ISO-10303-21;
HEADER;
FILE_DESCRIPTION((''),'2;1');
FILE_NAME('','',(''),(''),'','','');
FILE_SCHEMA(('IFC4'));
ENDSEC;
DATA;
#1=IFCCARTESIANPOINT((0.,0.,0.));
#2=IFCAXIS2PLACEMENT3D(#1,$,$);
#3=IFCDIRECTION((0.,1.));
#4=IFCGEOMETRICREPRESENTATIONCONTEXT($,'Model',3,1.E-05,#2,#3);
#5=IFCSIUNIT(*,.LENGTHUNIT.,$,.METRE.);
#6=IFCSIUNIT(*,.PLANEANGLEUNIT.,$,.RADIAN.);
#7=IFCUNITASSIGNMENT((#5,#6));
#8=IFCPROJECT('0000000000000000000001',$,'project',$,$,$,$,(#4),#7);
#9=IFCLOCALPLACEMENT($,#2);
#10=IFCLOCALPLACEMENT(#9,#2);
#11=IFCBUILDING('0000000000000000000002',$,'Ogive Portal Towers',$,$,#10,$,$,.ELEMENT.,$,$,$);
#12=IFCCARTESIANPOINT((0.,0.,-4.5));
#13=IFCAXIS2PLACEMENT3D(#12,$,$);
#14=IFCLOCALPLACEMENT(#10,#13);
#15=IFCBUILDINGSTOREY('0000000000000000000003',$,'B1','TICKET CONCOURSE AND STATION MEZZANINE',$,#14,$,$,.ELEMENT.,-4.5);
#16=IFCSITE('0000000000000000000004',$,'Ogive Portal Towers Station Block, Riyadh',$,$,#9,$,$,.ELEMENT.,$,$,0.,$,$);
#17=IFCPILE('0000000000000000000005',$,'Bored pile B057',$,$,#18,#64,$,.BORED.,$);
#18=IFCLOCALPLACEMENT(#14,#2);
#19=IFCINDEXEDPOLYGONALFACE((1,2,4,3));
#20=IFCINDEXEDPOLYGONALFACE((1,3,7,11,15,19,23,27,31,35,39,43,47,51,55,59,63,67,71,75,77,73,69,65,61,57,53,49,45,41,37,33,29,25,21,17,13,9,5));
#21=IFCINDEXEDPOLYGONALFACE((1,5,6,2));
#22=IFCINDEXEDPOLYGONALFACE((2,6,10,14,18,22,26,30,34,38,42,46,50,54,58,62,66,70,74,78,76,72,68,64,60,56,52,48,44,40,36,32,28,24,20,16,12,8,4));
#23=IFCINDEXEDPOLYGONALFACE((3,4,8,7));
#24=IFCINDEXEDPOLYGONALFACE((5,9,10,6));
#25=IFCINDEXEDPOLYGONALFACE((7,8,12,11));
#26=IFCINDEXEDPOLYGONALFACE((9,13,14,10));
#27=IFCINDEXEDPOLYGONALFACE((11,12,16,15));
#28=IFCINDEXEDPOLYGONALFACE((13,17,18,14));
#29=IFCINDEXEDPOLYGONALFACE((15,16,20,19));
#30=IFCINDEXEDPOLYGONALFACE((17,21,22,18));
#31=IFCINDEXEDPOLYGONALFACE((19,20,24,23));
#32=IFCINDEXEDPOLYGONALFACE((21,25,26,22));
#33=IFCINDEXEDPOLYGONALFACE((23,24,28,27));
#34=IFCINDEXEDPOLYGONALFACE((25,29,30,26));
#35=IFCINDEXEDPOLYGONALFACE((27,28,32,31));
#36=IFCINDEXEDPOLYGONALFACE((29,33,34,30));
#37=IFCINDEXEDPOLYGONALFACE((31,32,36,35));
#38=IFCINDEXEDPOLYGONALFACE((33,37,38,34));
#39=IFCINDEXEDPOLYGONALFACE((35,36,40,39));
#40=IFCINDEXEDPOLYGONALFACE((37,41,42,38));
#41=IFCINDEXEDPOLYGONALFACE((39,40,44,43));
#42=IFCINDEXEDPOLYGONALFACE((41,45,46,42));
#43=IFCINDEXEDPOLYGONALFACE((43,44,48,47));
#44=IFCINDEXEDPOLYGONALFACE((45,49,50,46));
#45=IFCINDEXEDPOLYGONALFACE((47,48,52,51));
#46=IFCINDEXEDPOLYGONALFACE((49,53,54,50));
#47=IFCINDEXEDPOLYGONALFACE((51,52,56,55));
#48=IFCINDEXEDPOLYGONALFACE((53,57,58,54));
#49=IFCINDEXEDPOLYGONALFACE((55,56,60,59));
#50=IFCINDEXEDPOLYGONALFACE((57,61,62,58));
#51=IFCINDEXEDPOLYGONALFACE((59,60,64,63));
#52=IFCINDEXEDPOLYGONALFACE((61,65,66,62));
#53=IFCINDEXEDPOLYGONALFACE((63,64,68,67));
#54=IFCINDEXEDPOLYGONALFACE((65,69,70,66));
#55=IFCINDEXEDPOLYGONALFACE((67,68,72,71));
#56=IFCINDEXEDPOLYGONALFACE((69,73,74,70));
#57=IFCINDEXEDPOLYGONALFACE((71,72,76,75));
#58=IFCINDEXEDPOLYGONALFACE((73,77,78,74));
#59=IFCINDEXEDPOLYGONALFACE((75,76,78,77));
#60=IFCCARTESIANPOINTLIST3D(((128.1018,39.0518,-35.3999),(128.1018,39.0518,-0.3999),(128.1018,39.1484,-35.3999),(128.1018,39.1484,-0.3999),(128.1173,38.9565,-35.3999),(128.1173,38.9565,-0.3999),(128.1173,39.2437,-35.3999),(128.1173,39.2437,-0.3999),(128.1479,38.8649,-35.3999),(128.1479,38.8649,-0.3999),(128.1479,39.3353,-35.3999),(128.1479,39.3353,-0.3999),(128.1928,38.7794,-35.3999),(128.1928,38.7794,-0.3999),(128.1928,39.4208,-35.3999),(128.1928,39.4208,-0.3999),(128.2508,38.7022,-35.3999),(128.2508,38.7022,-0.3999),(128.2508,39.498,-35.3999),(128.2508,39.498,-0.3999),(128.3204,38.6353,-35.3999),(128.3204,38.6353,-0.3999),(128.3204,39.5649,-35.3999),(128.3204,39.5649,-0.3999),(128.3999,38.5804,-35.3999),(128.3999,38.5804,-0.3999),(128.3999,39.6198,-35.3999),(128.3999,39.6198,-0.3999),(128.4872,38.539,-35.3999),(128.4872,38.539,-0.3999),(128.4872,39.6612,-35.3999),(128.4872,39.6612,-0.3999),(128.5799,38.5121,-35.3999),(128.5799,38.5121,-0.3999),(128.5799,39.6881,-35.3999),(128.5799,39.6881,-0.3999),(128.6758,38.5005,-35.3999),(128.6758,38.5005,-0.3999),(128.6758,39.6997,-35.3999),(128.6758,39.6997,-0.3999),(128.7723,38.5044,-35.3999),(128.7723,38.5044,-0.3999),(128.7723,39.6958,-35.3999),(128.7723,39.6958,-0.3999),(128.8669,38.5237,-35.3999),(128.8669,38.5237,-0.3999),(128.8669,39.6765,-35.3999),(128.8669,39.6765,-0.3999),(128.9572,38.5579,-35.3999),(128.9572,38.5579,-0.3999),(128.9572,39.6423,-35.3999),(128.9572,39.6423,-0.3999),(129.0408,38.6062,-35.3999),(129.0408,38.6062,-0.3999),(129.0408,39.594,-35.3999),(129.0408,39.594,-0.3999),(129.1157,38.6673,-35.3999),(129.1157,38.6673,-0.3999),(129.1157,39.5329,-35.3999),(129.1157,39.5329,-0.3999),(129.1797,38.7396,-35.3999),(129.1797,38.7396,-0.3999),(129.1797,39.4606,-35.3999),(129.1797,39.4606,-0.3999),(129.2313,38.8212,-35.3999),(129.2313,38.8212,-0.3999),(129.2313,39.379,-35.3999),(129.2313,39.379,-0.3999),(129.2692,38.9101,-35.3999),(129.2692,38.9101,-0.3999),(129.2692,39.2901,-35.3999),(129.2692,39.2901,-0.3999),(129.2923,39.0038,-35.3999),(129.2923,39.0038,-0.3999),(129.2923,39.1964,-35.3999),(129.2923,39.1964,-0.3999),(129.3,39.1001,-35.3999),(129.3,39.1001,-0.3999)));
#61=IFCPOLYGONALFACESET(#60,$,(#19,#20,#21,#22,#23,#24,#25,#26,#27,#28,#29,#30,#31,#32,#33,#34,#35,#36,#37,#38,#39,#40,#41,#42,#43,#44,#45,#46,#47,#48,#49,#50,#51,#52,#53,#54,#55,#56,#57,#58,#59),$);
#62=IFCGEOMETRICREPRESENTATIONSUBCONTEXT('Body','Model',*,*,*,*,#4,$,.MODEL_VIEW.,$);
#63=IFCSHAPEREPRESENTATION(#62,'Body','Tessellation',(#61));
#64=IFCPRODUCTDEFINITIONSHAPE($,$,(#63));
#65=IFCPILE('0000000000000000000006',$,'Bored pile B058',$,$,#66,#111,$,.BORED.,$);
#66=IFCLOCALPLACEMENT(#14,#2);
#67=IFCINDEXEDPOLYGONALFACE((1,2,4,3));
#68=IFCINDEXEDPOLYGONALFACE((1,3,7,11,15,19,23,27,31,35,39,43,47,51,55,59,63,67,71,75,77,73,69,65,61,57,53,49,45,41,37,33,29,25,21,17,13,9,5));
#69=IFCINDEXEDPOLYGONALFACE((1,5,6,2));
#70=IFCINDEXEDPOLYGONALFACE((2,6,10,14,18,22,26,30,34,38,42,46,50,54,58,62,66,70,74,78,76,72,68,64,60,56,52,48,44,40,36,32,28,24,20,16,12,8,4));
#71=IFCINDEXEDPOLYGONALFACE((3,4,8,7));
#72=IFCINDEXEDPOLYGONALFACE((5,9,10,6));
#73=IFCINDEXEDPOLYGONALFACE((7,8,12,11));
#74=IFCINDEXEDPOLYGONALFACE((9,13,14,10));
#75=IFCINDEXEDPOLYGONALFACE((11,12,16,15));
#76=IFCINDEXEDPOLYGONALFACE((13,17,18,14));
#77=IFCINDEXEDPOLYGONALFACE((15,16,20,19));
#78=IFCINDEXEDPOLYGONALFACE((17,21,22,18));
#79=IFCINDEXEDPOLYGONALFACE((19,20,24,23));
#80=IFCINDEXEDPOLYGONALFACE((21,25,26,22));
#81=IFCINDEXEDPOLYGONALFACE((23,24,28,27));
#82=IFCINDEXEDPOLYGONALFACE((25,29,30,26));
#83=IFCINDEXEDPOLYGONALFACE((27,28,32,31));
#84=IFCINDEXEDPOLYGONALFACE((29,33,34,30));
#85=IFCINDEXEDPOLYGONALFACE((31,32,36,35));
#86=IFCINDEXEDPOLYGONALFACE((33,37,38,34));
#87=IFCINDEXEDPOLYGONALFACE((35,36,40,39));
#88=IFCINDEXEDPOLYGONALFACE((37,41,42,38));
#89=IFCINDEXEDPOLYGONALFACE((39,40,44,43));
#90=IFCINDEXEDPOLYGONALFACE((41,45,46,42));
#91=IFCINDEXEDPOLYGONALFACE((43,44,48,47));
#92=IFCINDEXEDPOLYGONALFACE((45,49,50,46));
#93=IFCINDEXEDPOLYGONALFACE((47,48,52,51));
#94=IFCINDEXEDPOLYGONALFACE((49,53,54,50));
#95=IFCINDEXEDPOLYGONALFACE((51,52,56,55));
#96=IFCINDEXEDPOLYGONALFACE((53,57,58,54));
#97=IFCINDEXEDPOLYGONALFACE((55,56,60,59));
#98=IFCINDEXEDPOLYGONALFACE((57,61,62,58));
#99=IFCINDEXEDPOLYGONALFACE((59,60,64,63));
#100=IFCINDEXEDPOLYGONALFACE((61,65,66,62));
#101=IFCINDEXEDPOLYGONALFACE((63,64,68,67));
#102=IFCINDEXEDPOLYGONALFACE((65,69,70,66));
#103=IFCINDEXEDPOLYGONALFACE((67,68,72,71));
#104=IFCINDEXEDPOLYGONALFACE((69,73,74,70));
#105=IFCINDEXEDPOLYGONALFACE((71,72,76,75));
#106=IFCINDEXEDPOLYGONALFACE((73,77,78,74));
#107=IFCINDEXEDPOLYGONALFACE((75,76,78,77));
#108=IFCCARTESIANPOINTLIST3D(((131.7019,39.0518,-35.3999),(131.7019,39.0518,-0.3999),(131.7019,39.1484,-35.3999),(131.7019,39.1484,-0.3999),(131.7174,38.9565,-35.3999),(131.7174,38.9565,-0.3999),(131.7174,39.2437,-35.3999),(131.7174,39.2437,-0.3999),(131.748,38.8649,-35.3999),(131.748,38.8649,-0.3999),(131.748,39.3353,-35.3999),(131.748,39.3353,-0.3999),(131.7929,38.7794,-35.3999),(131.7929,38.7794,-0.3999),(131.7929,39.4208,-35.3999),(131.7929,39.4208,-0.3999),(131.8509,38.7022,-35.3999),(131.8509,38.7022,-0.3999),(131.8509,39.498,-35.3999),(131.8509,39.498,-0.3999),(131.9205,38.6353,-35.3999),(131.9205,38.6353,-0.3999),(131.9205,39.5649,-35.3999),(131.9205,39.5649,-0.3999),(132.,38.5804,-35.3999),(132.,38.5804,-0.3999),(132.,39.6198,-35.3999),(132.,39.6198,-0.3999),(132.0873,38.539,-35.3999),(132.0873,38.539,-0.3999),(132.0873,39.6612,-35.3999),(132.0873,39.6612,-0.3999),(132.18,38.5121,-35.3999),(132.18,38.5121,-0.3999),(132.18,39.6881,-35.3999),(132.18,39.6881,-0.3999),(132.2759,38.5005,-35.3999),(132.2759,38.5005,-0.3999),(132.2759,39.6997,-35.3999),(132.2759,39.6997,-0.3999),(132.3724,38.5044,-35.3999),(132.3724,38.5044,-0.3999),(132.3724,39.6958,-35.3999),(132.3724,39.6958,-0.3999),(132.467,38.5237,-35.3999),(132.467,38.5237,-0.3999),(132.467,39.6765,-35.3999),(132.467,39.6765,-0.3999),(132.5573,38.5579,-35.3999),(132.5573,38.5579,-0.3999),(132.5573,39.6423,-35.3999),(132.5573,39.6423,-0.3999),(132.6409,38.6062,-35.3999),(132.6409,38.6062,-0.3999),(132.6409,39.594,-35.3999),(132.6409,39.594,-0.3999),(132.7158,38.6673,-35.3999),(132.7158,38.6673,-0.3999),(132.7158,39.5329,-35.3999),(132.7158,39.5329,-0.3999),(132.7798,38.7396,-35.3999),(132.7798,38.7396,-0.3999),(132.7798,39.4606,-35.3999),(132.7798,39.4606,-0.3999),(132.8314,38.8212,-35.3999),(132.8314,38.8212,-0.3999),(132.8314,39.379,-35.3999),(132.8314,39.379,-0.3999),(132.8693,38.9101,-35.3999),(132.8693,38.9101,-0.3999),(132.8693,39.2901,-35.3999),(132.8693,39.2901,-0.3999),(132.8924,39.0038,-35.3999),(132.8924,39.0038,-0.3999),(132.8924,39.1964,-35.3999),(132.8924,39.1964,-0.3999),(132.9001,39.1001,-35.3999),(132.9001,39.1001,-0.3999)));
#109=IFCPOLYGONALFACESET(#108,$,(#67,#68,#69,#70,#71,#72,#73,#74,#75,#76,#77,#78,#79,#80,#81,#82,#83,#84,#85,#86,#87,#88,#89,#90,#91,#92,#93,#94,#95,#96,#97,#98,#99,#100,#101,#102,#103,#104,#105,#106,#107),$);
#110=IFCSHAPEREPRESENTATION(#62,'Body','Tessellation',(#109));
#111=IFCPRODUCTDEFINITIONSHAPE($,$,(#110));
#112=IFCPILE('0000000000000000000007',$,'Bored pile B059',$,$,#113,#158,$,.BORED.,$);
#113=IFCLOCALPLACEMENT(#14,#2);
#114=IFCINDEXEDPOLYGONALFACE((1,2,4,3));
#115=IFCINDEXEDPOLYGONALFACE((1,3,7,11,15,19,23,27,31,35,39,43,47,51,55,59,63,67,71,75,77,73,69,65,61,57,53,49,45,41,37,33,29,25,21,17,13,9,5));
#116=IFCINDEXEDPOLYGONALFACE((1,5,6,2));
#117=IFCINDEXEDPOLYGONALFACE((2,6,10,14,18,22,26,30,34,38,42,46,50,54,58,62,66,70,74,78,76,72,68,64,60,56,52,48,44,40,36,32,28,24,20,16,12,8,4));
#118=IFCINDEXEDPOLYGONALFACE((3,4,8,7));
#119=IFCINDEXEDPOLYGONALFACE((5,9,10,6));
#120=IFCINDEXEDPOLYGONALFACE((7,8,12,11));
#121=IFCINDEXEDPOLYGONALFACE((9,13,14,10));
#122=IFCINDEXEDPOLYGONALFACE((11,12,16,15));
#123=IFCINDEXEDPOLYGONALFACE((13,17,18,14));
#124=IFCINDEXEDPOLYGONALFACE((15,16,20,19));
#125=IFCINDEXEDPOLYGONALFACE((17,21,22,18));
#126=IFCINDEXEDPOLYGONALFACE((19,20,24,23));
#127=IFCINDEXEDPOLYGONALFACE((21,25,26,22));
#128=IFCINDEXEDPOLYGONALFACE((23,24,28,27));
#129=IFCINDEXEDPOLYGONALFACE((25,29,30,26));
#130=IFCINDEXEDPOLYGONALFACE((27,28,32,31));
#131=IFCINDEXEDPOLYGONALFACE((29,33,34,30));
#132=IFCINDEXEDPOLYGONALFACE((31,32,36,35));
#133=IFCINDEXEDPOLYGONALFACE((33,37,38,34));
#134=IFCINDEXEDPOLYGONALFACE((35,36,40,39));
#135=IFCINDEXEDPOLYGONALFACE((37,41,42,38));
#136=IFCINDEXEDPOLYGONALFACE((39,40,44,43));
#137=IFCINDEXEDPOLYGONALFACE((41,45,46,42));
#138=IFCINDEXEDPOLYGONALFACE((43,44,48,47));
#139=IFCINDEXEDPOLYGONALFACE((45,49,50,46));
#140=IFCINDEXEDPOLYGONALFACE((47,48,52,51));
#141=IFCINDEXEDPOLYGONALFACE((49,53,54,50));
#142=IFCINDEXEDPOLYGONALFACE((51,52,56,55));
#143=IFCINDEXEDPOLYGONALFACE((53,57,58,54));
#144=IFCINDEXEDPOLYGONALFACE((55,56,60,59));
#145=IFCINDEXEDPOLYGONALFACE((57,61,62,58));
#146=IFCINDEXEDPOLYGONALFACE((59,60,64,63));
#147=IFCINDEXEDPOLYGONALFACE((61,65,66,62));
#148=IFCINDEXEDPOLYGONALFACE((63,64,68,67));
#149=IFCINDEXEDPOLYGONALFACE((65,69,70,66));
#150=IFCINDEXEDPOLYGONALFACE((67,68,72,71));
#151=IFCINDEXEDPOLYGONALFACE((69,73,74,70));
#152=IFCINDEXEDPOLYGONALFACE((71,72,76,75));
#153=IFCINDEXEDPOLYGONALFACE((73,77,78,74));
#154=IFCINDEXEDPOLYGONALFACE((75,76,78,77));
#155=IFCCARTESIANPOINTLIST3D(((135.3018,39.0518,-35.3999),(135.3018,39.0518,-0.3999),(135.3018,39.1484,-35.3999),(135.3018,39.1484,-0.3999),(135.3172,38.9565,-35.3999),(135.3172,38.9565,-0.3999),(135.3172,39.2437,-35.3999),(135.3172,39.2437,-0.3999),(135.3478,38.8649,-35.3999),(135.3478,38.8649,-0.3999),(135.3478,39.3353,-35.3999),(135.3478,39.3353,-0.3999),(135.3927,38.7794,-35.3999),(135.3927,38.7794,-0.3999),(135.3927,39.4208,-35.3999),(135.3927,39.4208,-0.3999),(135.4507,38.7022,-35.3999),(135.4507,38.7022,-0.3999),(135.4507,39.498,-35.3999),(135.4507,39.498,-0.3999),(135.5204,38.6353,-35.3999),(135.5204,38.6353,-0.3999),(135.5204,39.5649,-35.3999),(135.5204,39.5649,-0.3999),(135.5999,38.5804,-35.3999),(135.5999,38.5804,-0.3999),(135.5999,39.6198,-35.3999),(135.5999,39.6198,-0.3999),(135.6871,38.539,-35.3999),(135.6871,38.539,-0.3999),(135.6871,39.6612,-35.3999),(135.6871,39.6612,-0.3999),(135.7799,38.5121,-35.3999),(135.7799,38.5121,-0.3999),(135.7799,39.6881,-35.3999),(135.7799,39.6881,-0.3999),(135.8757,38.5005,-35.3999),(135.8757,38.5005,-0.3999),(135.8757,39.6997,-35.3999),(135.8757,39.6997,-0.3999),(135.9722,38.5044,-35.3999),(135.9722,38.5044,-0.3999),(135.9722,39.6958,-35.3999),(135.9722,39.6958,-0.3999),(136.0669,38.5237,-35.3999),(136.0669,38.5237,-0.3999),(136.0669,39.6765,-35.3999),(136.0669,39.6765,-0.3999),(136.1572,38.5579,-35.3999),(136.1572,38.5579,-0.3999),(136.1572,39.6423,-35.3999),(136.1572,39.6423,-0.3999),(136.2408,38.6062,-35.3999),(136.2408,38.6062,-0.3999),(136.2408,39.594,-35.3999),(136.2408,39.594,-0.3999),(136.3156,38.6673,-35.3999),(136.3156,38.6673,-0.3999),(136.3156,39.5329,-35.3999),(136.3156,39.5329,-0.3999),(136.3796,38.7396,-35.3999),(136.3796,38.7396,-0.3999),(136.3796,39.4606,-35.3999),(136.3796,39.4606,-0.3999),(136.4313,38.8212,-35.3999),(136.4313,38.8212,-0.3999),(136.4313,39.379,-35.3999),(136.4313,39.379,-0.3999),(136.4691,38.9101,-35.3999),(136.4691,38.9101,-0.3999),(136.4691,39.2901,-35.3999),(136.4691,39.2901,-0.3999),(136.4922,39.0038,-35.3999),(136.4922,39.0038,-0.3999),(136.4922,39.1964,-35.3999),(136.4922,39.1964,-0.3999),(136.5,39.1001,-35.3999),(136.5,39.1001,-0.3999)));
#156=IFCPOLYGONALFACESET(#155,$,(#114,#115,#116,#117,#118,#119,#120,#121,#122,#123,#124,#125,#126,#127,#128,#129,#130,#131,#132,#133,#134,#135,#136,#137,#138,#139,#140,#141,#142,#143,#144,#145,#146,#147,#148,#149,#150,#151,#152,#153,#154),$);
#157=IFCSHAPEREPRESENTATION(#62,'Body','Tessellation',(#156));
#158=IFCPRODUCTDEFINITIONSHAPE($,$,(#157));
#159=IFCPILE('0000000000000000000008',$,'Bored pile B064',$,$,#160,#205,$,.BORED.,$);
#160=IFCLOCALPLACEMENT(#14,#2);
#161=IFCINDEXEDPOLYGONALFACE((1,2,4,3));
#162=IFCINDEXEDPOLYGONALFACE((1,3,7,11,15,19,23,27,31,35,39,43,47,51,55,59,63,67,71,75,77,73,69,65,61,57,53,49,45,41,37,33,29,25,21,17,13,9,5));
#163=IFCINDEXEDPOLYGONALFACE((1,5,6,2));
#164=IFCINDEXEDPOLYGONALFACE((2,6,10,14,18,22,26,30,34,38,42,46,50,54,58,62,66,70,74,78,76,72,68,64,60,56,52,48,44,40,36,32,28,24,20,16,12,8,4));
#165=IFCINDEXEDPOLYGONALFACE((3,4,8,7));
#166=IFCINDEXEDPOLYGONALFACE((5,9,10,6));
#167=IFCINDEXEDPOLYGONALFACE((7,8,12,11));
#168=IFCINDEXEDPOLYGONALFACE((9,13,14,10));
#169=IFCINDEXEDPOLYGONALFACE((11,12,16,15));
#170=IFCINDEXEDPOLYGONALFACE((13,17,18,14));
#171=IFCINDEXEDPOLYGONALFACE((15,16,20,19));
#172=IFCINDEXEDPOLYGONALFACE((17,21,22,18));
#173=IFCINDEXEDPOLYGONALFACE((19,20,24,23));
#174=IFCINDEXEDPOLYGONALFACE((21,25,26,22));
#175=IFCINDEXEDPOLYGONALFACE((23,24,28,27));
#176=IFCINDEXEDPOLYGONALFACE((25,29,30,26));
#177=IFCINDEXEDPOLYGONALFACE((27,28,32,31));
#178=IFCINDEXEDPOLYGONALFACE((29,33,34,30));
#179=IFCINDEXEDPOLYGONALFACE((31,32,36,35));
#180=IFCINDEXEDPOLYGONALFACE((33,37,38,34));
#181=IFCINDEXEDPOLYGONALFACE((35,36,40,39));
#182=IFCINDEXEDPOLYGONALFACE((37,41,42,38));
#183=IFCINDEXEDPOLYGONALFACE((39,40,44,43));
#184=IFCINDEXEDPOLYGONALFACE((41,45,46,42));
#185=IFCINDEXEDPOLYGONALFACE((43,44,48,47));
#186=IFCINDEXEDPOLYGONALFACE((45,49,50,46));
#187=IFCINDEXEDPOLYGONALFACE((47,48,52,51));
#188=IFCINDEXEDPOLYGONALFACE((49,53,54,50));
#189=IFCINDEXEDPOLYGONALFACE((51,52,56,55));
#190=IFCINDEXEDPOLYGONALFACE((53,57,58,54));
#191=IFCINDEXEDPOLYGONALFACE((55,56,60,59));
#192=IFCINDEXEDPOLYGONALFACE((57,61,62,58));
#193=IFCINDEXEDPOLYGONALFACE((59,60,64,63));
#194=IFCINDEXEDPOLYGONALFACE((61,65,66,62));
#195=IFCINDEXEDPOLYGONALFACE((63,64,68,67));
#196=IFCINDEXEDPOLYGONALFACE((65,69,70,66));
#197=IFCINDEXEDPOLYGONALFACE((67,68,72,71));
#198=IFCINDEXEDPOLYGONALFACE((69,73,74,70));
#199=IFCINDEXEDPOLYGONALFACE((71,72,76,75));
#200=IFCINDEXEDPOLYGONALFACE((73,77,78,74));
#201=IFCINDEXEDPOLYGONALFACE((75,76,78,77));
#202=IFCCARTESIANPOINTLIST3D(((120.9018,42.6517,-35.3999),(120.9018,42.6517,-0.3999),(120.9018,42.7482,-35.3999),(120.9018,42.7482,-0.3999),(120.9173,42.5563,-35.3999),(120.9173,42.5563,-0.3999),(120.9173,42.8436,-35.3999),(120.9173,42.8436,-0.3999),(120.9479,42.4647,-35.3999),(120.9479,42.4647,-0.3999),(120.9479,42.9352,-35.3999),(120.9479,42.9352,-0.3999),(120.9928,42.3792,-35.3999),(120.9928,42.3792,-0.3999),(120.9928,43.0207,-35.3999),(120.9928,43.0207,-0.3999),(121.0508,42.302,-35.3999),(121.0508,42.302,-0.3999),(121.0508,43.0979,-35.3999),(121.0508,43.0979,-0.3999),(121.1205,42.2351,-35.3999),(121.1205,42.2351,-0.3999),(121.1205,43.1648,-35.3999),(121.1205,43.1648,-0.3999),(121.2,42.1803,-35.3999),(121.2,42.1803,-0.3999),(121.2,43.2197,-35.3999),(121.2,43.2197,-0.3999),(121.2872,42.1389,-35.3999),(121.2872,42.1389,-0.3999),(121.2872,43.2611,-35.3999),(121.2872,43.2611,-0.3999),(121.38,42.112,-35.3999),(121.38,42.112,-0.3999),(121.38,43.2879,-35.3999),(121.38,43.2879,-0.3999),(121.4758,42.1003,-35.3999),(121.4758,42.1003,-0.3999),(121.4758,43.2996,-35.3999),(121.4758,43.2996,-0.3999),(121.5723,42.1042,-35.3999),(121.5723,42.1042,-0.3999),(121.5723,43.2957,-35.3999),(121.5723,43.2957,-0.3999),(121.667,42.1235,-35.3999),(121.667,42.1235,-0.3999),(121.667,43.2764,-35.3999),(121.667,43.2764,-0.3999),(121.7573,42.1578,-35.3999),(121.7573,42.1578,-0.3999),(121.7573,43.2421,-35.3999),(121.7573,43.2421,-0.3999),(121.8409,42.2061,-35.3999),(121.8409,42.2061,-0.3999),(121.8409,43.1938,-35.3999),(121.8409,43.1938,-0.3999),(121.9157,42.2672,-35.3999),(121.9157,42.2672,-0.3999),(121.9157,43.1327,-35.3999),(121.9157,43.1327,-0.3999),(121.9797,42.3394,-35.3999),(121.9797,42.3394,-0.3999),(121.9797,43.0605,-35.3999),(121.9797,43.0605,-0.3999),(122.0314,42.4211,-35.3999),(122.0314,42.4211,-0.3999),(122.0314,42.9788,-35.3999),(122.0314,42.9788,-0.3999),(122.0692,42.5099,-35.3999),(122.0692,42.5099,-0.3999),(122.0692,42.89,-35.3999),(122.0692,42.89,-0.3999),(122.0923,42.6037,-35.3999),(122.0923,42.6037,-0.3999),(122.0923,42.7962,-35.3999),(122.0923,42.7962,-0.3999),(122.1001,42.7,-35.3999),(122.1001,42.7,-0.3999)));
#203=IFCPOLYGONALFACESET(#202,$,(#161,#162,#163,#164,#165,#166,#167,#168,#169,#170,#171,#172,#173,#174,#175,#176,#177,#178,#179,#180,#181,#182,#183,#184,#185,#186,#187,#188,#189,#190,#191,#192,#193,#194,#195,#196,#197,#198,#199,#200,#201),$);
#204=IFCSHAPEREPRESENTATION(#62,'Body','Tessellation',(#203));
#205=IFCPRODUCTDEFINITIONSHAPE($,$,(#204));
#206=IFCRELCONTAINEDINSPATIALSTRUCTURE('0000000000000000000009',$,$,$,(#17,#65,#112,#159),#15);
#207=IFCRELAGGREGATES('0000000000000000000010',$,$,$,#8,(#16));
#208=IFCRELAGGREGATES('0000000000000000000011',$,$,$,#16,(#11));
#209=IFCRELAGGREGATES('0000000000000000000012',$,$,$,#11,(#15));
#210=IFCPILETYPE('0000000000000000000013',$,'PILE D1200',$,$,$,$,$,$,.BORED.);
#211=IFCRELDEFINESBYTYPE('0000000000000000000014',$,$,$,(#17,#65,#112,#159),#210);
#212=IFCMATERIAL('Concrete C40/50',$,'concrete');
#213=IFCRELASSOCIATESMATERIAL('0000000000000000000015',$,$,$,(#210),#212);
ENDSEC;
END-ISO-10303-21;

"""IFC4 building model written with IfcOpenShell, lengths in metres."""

from ifc_helpers import new_model, si_unit, direction, frame, origin, origin_2d, place, context, subcontext, project, spatial, circle, extrude, material, material_profile, profile_set, type_object, element, save


model = new_model("IFC4")

# Units and contexts
model_context = context("Model", 3, precision=1e-05, world=origin(), true_north=direction((0.0, 1.0)))
body_context = subcontext(model_context, "Body", "Model", "MODEL_VIEW")
ifc_project = project(units=[si_unit("LENGTHUNIT", "METRE"), si_unit("PLANEANGLEUNIT", "RADIAN")], contexts=[model_context])

# Site, building, storey
site_placement = place(None, origin())
site = spatial("IfcSite", under=ifc_project, at=site_placement, Name="Ogive Portal Towers Station Block, Riyadh", CompositionType="ELEMENT", RefElevation=0.0)
building_placement = place(site_placement, origin())
building = spatial("IfcBuilding", under=site, at=building_placement, Name="Ogive Portal Towers", CompositionType="ELEMENT")
storey_placement = place(building_placement, frame((0.0, 0.0, -4.5)))
storey = spatial("IfcBuildingStorey", under=building, at=storey_placement, Name="B1", Description="TICKET CONCOURSE AND STATION MEZZANINE", CompositionType="ELEMENT", Elevation=-4.5)

# Piles
ifc_material_1 = material(Name="Concrete C40/50", Category="concrete")
ifc_material_profile_1 = material_profile(ifc_material_1, circle(Radius=0.6001, at=origin_2d()), Name="PILE D1200")
ifc_profile_set_1 = profile_set([ifc_material_profile_1], Name="Concrete C40/50")
pile_type = type_object("IfcPileType", Name="PILE D1200", PredefinedType="BORED", material=ifc_profile_set_1)
for number, where, z_axis, x_axis, name in (
    (1, (128.7, 39.1001, -0.3999), (0.0, 0.0, -1.0), (1.0, 0.0, 0.0), "Bored pile B057"),
    (2, (132.3, 39.1001, -0.3999), (0.0, 0.0, -1.0), (1.0, 0.0, 0.0), "Bored pile B058"),
    (3, (135.8999, 39.1001, -0.3999), (0.0, 0.0, -1.0), (1.0, 0.0, 0.0), "Bored pile B059"),
    (4, (121.5, 42.7, -0.3999), (0.0, 0.0, -1.0), (1.0, 0.0, 0.0), "Bored pile B064"),
):
    element("IfcPile", number, at=place(storey_placement, frame(where, z_axis=z_axis, x_axis=x_axis)), inside=storey, type_object=pile_type, Name=name, PredefinedType="BORED", context=body_context, shape_type="SweptSolid", body=[
        extrude(circle(Radius=0.6001, at=origin_2d()), origin(), (0.0, 0.0, 1.0), 35.0),
    ])

save(model, "model.ifc")
